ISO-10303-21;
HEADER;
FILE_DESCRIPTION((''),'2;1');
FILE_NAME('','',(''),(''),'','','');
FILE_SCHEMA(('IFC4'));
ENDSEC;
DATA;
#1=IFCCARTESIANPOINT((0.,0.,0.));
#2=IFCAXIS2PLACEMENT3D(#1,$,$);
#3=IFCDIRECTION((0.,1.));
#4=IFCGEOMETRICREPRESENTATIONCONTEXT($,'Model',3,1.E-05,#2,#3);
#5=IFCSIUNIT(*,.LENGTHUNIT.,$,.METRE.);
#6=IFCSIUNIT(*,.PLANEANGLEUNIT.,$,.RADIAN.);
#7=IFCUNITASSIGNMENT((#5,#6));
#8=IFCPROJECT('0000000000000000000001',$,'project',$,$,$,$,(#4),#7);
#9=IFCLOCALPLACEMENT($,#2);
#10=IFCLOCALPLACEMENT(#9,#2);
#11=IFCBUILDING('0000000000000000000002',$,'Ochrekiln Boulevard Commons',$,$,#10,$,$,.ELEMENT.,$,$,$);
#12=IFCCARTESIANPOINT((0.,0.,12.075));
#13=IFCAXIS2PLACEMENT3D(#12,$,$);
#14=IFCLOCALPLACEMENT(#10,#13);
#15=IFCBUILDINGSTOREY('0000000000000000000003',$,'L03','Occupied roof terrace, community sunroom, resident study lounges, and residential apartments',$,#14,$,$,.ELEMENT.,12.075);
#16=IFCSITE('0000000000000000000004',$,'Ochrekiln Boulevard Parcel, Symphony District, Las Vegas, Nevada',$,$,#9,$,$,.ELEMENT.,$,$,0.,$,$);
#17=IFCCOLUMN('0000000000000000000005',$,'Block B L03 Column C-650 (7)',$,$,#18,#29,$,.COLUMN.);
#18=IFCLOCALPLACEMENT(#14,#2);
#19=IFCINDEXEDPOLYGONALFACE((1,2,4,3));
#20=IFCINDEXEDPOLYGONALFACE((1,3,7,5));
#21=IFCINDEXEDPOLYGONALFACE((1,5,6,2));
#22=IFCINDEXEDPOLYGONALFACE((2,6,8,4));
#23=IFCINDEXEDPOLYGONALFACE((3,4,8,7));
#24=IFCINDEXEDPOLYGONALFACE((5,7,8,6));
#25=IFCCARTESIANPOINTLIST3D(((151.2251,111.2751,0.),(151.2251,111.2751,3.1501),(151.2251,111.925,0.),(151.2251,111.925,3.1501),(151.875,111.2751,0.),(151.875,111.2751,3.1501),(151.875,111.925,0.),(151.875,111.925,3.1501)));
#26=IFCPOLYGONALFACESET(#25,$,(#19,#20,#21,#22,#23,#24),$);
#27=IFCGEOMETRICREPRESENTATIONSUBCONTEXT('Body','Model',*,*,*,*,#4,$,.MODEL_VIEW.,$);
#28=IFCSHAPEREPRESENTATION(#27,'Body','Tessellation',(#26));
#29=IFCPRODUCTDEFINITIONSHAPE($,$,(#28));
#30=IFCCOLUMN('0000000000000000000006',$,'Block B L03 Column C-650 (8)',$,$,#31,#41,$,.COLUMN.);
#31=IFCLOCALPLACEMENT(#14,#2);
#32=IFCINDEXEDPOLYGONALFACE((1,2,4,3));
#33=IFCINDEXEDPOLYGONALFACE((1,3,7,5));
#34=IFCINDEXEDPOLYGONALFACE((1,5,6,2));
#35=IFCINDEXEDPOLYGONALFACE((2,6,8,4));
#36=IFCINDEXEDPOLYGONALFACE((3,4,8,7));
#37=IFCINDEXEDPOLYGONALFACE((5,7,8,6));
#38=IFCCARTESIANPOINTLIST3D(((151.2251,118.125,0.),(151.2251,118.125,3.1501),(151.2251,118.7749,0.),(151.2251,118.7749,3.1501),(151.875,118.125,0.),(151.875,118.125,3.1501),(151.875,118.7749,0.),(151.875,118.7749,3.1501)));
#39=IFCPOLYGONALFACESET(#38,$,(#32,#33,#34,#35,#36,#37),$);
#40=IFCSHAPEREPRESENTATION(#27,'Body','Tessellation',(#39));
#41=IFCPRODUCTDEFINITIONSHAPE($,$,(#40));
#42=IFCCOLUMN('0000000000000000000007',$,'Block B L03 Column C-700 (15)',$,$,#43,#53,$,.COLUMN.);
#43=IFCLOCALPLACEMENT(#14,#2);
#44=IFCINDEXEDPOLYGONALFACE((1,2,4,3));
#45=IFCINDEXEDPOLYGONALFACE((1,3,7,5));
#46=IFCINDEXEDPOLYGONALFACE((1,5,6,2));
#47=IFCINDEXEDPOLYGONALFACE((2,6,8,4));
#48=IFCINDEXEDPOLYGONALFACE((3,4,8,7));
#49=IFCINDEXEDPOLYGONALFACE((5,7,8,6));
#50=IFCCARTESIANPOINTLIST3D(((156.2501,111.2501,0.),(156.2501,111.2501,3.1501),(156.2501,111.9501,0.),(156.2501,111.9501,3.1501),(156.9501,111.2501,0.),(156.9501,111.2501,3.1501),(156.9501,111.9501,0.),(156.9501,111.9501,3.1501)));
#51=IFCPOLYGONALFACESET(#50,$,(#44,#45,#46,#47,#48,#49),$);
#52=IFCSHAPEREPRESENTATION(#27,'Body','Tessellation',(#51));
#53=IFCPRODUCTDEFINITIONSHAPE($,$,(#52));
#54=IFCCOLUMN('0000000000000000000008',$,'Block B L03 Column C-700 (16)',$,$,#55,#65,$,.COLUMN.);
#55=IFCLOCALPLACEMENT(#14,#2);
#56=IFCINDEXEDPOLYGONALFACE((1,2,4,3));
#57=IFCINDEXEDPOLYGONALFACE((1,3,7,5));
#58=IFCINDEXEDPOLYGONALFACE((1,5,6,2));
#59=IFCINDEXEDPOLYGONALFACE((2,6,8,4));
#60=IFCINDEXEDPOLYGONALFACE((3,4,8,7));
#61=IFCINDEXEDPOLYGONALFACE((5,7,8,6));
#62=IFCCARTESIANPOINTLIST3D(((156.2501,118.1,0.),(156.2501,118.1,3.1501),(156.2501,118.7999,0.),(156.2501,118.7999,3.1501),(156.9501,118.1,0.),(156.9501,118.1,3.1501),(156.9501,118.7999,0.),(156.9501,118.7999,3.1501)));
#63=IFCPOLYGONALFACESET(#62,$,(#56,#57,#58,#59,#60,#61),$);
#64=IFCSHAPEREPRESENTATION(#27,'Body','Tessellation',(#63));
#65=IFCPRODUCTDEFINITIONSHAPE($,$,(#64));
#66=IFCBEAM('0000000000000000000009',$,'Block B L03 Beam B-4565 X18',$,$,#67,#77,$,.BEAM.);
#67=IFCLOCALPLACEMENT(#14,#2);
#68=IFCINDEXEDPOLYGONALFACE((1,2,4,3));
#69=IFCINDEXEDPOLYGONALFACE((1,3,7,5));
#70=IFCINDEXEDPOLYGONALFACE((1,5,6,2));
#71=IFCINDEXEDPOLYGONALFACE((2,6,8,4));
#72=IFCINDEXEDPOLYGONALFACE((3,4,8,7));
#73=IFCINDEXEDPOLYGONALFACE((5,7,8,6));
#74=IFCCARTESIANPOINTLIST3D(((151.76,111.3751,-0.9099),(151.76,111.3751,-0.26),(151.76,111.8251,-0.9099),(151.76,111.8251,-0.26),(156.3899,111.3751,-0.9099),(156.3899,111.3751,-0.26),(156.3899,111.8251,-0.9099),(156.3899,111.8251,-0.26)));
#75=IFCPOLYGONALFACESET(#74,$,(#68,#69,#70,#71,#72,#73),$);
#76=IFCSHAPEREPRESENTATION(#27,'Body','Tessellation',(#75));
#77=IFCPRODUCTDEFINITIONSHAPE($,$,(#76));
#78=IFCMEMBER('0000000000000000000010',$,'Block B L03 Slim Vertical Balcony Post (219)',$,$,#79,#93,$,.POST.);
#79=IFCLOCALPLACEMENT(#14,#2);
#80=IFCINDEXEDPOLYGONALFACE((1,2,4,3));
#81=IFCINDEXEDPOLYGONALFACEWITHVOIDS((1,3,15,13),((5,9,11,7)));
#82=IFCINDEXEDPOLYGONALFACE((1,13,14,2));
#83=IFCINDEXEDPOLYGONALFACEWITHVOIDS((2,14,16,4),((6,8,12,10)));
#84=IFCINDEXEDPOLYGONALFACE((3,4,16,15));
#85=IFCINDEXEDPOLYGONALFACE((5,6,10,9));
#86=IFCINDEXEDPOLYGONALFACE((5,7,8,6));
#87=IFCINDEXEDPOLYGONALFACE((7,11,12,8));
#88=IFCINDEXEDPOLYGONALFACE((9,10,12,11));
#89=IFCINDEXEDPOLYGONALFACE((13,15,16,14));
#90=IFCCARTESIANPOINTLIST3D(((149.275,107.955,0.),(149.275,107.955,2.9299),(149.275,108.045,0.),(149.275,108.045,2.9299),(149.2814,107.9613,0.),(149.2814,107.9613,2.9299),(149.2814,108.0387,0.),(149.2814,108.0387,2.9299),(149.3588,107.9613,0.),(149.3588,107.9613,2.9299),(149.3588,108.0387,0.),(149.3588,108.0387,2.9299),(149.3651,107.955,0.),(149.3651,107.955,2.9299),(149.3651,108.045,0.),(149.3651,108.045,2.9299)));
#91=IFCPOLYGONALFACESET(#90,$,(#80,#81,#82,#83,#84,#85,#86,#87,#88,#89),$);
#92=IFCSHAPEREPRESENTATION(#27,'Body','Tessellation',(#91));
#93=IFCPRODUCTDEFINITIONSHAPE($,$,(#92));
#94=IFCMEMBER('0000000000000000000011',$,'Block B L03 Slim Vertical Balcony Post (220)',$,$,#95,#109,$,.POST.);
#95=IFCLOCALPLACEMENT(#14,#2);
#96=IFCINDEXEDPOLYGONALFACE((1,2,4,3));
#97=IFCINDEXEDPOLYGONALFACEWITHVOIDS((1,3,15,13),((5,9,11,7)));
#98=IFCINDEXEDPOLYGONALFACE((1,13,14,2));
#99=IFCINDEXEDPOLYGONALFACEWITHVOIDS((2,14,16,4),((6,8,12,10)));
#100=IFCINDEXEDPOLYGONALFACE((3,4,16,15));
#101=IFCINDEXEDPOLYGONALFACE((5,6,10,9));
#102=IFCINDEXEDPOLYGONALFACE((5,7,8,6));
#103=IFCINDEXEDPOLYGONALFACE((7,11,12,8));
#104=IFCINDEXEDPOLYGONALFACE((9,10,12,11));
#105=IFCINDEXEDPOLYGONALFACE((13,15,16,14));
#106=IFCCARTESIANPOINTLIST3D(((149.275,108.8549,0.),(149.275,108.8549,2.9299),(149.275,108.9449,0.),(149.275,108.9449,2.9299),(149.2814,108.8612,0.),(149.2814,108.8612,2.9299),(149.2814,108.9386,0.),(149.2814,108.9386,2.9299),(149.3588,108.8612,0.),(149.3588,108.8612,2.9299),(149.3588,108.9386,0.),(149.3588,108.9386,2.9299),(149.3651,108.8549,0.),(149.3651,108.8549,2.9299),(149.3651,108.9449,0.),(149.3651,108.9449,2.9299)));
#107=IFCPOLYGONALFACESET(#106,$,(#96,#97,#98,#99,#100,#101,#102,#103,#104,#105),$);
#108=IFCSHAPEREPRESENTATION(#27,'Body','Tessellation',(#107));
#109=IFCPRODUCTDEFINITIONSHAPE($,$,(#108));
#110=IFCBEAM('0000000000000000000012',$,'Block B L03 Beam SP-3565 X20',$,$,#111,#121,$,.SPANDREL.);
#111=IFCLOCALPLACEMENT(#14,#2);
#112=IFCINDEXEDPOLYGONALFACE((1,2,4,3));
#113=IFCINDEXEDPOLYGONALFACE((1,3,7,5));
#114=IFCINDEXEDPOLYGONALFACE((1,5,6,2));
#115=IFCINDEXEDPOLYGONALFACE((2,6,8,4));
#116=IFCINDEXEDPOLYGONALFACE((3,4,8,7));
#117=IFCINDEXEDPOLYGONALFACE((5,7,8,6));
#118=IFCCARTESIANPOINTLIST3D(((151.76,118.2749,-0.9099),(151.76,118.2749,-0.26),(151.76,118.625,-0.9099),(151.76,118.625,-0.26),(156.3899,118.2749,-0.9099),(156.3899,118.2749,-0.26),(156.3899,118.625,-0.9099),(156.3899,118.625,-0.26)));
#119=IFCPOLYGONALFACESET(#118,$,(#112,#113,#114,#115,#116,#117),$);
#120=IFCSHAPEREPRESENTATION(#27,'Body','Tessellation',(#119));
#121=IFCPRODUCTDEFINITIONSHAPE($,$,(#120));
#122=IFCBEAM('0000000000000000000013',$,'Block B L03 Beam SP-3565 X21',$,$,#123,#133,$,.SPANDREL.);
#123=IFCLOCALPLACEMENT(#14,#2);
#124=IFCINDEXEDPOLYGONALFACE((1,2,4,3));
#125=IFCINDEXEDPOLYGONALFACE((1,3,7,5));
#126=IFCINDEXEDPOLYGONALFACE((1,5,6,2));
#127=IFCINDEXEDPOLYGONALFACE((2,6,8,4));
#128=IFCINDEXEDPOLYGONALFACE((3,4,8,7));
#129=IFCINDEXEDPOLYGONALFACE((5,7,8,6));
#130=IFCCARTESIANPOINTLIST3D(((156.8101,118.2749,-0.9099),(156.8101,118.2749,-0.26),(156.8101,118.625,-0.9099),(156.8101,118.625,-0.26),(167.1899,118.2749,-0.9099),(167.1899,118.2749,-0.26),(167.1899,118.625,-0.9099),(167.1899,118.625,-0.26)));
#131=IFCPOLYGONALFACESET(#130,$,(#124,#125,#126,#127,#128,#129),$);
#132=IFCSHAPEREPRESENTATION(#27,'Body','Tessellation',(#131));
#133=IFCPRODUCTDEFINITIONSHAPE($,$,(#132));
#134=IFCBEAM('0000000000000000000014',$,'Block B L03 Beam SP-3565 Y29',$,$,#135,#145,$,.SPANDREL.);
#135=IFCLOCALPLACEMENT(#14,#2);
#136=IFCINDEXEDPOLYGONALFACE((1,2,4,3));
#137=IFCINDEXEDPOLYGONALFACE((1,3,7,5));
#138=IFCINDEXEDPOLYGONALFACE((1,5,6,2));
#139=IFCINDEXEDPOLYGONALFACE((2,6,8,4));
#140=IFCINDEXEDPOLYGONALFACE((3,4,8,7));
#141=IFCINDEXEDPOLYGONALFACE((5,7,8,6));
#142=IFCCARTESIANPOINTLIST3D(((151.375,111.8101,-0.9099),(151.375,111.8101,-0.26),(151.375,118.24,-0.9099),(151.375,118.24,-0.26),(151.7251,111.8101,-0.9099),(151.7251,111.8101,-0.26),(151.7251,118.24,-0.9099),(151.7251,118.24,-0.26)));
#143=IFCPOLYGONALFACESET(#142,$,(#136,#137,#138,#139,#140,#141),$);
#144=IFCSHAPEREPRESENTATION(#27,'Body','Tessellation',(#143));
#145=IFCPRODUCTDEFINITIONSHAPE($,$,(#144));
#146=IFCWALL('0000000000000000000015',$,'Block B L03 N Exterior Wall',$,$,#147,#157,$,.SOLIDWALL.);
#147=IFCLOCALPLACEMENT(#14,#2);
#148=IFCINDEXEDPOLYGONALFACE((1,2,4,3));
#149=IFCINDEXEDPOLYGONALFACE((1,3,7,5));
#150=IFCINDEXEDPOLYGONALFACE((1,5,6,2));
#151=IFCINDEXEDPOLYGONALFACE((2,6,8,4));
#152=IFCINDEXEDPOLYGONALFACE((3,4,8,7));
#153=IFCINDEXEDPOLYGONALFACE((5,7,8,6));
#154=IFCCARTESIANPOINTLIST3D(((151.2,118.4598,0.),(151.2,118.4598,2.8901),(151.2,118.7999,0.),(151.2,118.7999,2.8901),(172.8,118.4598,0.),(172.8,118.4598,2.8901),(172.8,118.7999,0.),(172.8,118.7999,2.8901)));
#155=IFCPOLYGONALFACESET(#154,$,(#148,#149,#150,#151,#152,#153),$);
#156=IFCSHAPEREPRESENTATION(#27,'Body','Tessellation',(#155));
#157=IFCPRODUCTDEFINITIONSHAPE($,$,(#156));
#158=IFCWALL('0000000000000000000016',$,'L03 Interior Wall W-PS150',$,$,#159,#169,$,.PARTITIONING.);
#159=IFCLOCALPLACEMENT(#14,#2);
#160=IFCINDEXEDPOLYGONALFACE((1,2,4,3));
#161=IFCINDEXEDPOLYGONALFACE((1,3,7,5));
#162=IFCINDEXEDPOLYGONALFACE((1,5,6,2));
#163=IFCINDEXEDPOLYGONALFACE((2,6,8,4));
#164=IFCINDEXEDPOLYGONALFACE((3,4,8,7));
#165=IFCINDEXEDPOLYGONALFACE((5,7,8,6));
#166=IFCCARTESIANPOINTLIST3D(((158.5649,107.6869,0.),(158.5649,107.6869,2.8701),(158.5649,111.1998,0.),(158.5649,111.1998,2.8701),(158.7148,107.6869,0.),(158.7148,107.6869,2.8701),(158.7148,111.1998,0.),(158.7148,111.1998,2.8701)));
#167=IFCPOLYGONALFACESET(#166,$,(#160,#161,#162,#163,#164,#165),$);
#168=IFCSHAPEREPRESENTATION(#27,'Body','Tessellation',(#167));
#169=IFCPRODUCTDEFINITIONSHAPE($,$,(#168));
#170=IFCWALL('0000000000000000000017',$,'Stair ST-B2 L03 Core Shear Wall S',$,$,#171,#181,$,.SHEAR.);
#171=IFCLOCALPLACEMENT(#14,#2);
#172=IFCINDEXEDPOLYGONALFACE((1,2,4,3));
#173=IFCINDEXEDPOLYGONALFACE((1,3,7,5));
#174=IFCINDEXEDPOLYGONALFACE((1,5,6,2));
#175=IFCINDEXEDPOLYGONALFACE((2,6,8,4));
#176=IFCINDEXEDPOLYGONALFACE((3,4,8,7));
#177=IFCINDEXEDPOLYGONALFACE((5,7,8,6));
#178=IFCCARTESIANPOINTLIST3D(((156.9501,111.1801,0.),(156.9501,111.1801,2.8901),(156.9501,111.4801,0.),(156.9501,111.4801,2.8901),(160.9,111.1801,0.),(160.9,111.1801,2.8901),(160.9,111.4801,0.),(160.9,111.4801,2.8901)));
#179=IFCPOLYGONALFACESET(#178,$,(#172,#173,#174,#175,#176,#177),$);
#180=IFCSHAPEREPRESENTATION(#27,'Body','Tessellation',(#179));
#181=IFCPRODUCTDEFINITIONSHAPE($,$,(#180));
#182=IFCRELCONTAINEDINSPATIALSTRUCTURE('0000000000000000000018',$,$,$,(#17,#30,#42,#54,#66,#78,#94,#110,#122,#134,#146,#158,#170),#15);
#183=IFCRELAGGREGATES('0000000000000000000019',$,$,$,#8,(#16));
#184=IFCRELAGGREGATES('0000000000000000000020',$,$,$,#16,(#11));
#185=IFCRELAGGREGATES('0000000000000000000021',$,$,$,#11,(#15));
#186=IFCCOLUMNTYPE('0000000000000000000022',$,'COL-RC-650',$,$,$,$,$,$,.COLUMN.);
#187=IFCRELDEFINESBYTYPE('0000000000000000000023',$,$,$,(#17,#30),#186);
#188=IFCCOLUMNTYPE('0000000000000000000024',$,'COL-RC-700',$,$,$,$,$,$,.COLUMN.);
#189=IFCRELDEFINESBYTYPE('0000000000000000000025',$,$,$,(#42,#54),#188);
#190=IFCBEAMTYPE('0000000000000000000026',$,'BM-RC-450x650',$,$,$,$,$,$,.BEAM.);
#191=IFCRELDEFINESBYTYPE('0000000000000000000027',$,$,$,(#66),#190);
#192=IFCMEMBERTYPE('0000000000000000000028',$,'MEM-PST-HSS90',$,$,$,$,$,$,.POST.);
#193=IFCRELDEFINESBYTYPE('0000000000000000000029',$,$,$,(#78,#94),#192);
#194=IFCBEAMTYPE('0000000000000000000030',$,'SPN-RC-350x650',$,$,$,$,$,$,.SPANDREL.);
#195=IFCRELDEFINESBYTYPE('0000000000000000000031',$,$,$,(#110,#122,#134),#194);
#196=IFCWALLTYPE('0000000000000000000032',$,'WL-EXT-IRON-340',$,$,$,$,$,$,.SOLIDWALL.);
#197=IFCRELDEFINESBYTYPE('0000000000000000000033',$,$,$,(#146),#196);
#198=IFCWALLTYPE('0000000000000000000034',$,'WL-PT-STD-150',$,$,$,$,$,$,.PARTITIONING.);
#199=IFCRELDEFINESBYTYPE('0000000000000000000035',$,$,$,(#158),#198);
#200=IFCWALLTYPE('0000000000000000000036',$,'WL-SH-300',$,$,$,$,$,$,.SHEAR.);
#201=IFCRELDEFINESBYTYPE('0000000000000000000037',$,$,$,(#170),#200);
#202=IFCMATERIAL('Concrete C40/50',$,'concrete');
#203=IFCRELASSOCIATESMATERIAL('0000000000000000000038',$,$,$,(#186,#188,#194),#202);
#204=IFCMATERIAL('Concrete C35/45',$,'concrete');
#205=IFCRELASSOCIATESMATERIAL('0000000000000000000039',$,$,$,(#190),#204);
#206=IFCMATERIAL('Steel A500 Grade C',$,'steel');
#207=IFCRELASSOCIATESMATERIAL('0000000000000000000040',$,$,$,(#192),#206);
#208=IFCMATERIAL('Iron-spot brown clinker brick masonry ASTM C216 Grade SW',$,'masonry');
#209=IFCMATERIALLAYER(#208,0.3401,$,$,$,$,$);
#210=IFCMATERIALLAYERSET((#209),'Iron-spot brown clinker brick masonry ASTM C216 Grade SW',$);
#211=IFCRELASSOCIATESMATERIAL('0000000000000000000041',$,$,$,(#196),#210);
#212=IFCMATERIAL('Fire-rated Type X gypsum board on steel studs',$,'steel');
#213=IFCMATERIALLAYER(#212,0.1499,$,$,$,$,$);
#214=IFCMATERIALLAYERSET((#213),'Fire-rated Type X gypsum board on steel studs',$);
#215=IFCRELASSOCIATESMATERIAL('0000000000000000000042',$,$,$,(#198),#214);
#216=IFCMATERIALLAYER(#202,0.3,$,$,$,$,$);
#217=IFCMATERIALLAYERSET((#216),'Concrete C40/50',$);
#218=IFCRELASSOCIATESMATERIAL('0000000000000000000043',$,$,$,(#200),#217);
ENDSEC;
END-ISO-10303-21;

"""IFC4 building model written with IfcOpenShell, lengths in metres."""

from ifc_helpers import new_model, si_unit, direction, frame, frame_2d, origin, origin_2d, place, context, subcontext, project, spatial, rectangle, hollow_rectangle, extrude, material, layer, layer_set, material_profile, profile_set, type_object, element, save


model = new_model("IFC4")

# Units and contexts
model_context = context("Model", 3, precision=1e-05, world=origin(), true_north=direction((0.0, 1.0)))
body_context = subcontext(model_context, "Body", "Model", "MODEL_VIEW")
ifc_project = project(units=[si_unit("LENGTHUNIT", "METRE"), si_unit("PLANEANGLEUNIT", "RADIAN")], contexts=[model_context])

# Site, building, storey
site_placement = place(None, origin())
site = spatial("IfcSite", under=ifc_project, at=site_placement, Name="Ochrekiln Boulevard Parcel, Symphony District, Las Vegas, Nevada", CompositionType="ELEMENT", RefElevation=0.0)
building_placement = place(site_placement, origin())
building = spatial("IfcBuilding", under=site, at=building_placement, Name="Ochrekiln Boulevard Commons", CompositionType="ELEMENT")
storey_placement = place(building_placement, frame((0.0, 0.0, 12.075)))
storey = spatial("IfcBuildingStorey", under=building, at=storey_placement, Name="L03", Description="Occupied roof terrace, community sunroom, resident study lounges, and residential apartments", CompositionType="ELEMENT", Elevation=12.075)

# Columns
ifc_material_1 = material(Name="Concrete C40/50", Category="concrete")
ifc_material_profile_1 = material_profile(ifc_material_1, rectangle(XDim=0.6499, YDim=0.6499, at=origin_2d()), Name="RC-COL-650x650")
ifc_profile_set_1 = profile_set([ifc_material_profile_1], Name="Concrete C40/50")
column_type_1 = type_object("IfcColumnType", Name="COL-RC-650", PredefinedType="COLUMN", material=ifc_profile_set_1)
for number, where, z_axis, x_axis, name in (
    (1, (151.55, 111.6001, 0.0), (0.0, 0.0, 1.0), (1.0, 0.0, 0.0), "Block B L03 Column C-650 (7)"),
    (2, (151.55, 118.45, 0.0), (0.0, 0.0, 1.0), (1.0, 0.0, 0.0), "Block B L03 Column C-650 (8)"),
):
    element("IfcColumn", number, at=place(storey_placement, frame(where, z_axis=z_axis, x_axis=x_axis)), inside=storey, type_object=column_type_1, Name=name, PredefinedType="COLUMN", context=body_context, shape_type="SweptSolid", body=[
        extrude(rectangle(XDim=0.6499, YDim=0.6499, at=origin_2d()), origin(), (0.0, 0.0, 1.0), 3.1501),
    ])
ifc_material_profile_2 = material_profile(ifc_material_1, rectangle(XDim=0.7, YDim=0.7, at=origin_2d()), Name="RC-COL-700x700")
ifc_profile_set_2 = profile_set([ifc_material_profile_2], Name="Concrete C40/50")
column_type_2 = type_object("IfcColumnType", Name="COL-RC-700", PredefinedType="COLUMN", material=ifc_profile_set_2)
for number, where, z_axis, x_axis, name in (
    (3, (156.6001, 111.6001, 0.0), (0.0, 0.0, 1.0), (1.0, 0.0, 0.0), "Block B L03 Column C-700 (15)"),
    (4, (156.6001, 118.45, 0.0), (0.0, 0.0, 1.0), (1.0, 0.0, 0.0), "Block B L03 Column C-700 (16)"),
):
    element("IfcColumn", number, at=place(storey_placement, frame(where, z_axis=z_axis, x_axis=x_axis)), inside=storey, type_object=column_type_2, Name=name, PredefinedType="COLUMN", context=body_context, shape_type="SweptSolid", body=[
        extrude(rectangle(XDim=0.7, YDim=0.7, at=origin_2d()), origin(), (0.0, 0.0, 1.0), 3.1501),
    ])

# Beam
ifc_material_2 = material(Name="Concrete C35/45", Category="concrete")
ifc_material_profile_3 = material_profile(ifc_material_2, rectangle(XDim=0.45, YDim=0.6499, at=origin_2d()), Name="RC-BM-450x650")
ifc_profile_set_3 = profile_set([ifc_material_profile_3], Name="Concrete C35/45")
beam_type_1 = type_object("IfcBeamType", Name="BM-RC-450x650", PredefinedType="BEAM", material=ifc_profile_set_3)
beam_1_placement = place(storey_placement, frame((151.76, 111.6001, -0.585), z_axis=(1.0, 0.0, 0.0), x_axis=(0.0, 1.0, 0.0)))
element("IfcBeam", 5, at=beam_1_placement, inside=storey, type_object=beam_type_1, Name="Block B L03 Beam B-4565 X18", PredefinedType="BEAM", context=body_context, shape_type="SweptSolid", body=[
    extrude(rectangle(XDim=0.45, YDim=0.6499, at=origin_2d()), origin(), (0.0, 0.0, 1.0), 4.6299),
])

# Members
ifc_material_3 = material(Name="Steel A500 Grade C", Category="steel")
ifc_material_profile_4 = material_profile(ifc_material_3, hollow_rectangle(XDim=0.0901, YDim=0.0901, WallThickness=0.0063, at=origin_2d()), Name="HSS90X90X6.4")
ifc_profile_set_4 = profile_set([ifc_material_profile_4], Name="Steel A500 Grade C")
member_type = type_object("IfcMemberType", Name="MEM-PST-HSS90", PredefinedType="POST", material=ifc_profile_set_4)
for number, where, z_axis, x_axis, name in (
    (6, (149.3201, 108.0, 0.0), (0.0, 0.0, 1.0), (1.0, 0.0, 0.0), "Block B L03 Slim Vertical Balcony Post (219)"),
    (7, (149.3201, 108.8999, 0.0), (0.0, 0.0, 1.0), (1.0, 0.0, 0.0), "Block B L03 Slim Vertical Balcony Post (220)"),
):
    element("IfcMember", number, at=place(storey_placement, frame(where, z_axis=z_axis, x_axis=x_axis)), inside=storey, type_object=member_type, Name=name, PredefinedType="POST", context=body_context, shape_type="SweptSolid", body=[
        extrude(hollow_rectangle(XDim=0.0901, YDim=0.0901, WallThickness=0.0063, at=origin_2d()), origin(), (0.0, 0.0, 1.0), 2.9299),
    ])

# Beams
ifc_material_profile_5 = material_profile(ifc_material_1, rectangle(XDim=0.3501, YDim=0.6499, at=origin_2d()), Name="RC-SPN-350x650")
ifc_profile_set_5 = profile_set([ifc_material_profile_5], Name="Concrete C40/50")
beam_type_2 = type_object("IfcBeamType", Name="SPN-RC-350x650", PredefinedType="SPANDREL", material=ifc_profile_set_5)
beam_2_placement = place(storey_placement, frame((151.76, 118.45, -0.585), z_axis=(1.0, 0.0, 0.0), x_axis=(0.0, 1.0, 0.0)))
element("IfcBeam", 8, at=beam_2_placement, inside=storey, type_object=beam_type_2, Name="Block B L03 Beam SP-3565 X20", PredefinedType="SPANDREL", context=body_context, shape_type="SweptSolid", body=[
    extrude(rectangle(XDim=0.3501, YDim=0.6499, at=origin_2d()), origin(), (0.0, 0.0, 1.0), 4.6299),
])
beam_3_placement = place(storey_placement, frame((156.8101, 118.45, -0.585), z_axis=(1.0, 0.0, 0.0), x_axis=(0.0, 1.0, 0.0)))
element("IfcBeam", 9, at=beam_3_placement, inside=storey, type_object=beam_type_2, Name="Block B L03 Beam SP-3565 X21", PredefinedType="SPANDREL", context=body_context, shape_type="SweptSolid", body=[
    extrude(rectangle(XDim=0.3501, YDim=0.6499, at=origin_2d()), origin(), (0.0, 0.0, 1.0), 10.3799),
])
beam_4_placement = place(storey_placement, frame((151.55, 111.8101, -0.585), z_axis=(0.0, 1.0, 0.0), x_axis=(-1.0, 0.0, 0.0)))
element("IfcBeam", 10, at=beam_4_placement, inside=storey, type_object=beam_type_2, Name="Block B L03 Beam SP-3565 Y29", PredefinedType="SPANDREL", context=body_context, shape_type="SweptSolid", body=[
    extrude(rectangle(XDim=0.3501, YDim=0.6499, at=origin_2d()), origin(), (0.0, 0.0, 1.0), 6.4299),
])

# Walls
ifc_material_4 = material(Name="Iron-spot brown clinker brick masonry ASTM C216 Grade SW", Category="masonry")
ifc_layer_1 = layer(ifc_material_4, 0.3401)
ifc_layer_set_1 = layer_set([ifc_layer_1], Name="Iron-spot brown clinker brick masonry ASTM C216 Grade SW")
wall_type_1 = type_object("IfcWallType", Name="WL-EXT-IRON-340", PredefinedType="SOLIDWALL", material=ifc_layer_set_1)
wall_1_placement = place(storey_placement, frame((151.2, 118.6299, 0.0), z_axis=(0.0, 0.0, 1.0), x_axis=(1.0, 0.0, 0.0)))
element("IfcWall", 11, at=wall_1_placement, inside=storey, type_object=wall_type_1, Name="Block B L03 N Exterior Wall", PredefinedType="SOLIDWALL", context=body_context, shape_type="SweptSolid", body=[
    extrude(rectangle(XDim=21.6001, YDim=0.3401, at=frame_2d((10.8, 0.0))), origin(), (0.0, 0.0, 1.0), 2.8901),
])
ifc_material_5 = material(Name="Fire-rated Type X gypsum board on steel studs", Category="steel")
ifc_layer_2 = layer(ifc_material_5, 0.1499)
ifc_layer_set_2 = layer_set([ifc_layer_2], Name="Fire-rated Type X gypsum board on steel studs")
wall_type_2 = type_object("IfcWallType", Name="WL-PT-STD-150", PredefinedType="PARTITIONING", material=ifc_layer_set_2)
wall_2_placement = place(storey_placement, frame((158.6399, 107.687, 0.0), z_axis=(0.0, 0.0, 1.0), x_axis=(0.0, 1.0, 0.0)))
element("IfcWall", 12, at=wall_2_placement, inside=storey, type_object=wall_type_2, Name="L03 Interior Wall W-PS150", PredefinedType="PARTITIONING", context=body_context, shape_type="SweptSolid", body=[
    extrude(rectangle(XDim=3.5129, YDim=0.1499, at=frame_2d((1.7563, 0.0))), origin(), (0.0, 0.0, 1.0), 2.8701),
])
ifc_layer_3 = layer(ifc_material_1, 0.3)
ifc_layer_set_3 = layer_set([ifc_layer_3], Name="Concrete C40/50")
wall_type_3 = type_object("IfcWallType", Name="WL-SH-300", PredefinedType="SHEAR", material=ifc_layer_set_3)
wall_3_placement = place(storey_placement, frame((156.95, 111.3301, 0.0), z_axis=(0.0, 0.0, 1.0), x_axis=(1.0, 0.0, 0.0)))
element("IfcWall", 13, at=wall_3_placement, inside=storey, type_object=wall_type_3, Name="Stair ST-B2 L03 Core Shear Wall S", PredefinedType="SHEAR", context=body_context, shape_type="SweptSolid", body=[
    extrude(rectangle(XDim=3.95, YDim=0.3, at=frame_2d((1.9751, 0.0))), origin(), (0.0, 0.0, 1.0), 2.8901),
])

save(model, "model.ifc")
